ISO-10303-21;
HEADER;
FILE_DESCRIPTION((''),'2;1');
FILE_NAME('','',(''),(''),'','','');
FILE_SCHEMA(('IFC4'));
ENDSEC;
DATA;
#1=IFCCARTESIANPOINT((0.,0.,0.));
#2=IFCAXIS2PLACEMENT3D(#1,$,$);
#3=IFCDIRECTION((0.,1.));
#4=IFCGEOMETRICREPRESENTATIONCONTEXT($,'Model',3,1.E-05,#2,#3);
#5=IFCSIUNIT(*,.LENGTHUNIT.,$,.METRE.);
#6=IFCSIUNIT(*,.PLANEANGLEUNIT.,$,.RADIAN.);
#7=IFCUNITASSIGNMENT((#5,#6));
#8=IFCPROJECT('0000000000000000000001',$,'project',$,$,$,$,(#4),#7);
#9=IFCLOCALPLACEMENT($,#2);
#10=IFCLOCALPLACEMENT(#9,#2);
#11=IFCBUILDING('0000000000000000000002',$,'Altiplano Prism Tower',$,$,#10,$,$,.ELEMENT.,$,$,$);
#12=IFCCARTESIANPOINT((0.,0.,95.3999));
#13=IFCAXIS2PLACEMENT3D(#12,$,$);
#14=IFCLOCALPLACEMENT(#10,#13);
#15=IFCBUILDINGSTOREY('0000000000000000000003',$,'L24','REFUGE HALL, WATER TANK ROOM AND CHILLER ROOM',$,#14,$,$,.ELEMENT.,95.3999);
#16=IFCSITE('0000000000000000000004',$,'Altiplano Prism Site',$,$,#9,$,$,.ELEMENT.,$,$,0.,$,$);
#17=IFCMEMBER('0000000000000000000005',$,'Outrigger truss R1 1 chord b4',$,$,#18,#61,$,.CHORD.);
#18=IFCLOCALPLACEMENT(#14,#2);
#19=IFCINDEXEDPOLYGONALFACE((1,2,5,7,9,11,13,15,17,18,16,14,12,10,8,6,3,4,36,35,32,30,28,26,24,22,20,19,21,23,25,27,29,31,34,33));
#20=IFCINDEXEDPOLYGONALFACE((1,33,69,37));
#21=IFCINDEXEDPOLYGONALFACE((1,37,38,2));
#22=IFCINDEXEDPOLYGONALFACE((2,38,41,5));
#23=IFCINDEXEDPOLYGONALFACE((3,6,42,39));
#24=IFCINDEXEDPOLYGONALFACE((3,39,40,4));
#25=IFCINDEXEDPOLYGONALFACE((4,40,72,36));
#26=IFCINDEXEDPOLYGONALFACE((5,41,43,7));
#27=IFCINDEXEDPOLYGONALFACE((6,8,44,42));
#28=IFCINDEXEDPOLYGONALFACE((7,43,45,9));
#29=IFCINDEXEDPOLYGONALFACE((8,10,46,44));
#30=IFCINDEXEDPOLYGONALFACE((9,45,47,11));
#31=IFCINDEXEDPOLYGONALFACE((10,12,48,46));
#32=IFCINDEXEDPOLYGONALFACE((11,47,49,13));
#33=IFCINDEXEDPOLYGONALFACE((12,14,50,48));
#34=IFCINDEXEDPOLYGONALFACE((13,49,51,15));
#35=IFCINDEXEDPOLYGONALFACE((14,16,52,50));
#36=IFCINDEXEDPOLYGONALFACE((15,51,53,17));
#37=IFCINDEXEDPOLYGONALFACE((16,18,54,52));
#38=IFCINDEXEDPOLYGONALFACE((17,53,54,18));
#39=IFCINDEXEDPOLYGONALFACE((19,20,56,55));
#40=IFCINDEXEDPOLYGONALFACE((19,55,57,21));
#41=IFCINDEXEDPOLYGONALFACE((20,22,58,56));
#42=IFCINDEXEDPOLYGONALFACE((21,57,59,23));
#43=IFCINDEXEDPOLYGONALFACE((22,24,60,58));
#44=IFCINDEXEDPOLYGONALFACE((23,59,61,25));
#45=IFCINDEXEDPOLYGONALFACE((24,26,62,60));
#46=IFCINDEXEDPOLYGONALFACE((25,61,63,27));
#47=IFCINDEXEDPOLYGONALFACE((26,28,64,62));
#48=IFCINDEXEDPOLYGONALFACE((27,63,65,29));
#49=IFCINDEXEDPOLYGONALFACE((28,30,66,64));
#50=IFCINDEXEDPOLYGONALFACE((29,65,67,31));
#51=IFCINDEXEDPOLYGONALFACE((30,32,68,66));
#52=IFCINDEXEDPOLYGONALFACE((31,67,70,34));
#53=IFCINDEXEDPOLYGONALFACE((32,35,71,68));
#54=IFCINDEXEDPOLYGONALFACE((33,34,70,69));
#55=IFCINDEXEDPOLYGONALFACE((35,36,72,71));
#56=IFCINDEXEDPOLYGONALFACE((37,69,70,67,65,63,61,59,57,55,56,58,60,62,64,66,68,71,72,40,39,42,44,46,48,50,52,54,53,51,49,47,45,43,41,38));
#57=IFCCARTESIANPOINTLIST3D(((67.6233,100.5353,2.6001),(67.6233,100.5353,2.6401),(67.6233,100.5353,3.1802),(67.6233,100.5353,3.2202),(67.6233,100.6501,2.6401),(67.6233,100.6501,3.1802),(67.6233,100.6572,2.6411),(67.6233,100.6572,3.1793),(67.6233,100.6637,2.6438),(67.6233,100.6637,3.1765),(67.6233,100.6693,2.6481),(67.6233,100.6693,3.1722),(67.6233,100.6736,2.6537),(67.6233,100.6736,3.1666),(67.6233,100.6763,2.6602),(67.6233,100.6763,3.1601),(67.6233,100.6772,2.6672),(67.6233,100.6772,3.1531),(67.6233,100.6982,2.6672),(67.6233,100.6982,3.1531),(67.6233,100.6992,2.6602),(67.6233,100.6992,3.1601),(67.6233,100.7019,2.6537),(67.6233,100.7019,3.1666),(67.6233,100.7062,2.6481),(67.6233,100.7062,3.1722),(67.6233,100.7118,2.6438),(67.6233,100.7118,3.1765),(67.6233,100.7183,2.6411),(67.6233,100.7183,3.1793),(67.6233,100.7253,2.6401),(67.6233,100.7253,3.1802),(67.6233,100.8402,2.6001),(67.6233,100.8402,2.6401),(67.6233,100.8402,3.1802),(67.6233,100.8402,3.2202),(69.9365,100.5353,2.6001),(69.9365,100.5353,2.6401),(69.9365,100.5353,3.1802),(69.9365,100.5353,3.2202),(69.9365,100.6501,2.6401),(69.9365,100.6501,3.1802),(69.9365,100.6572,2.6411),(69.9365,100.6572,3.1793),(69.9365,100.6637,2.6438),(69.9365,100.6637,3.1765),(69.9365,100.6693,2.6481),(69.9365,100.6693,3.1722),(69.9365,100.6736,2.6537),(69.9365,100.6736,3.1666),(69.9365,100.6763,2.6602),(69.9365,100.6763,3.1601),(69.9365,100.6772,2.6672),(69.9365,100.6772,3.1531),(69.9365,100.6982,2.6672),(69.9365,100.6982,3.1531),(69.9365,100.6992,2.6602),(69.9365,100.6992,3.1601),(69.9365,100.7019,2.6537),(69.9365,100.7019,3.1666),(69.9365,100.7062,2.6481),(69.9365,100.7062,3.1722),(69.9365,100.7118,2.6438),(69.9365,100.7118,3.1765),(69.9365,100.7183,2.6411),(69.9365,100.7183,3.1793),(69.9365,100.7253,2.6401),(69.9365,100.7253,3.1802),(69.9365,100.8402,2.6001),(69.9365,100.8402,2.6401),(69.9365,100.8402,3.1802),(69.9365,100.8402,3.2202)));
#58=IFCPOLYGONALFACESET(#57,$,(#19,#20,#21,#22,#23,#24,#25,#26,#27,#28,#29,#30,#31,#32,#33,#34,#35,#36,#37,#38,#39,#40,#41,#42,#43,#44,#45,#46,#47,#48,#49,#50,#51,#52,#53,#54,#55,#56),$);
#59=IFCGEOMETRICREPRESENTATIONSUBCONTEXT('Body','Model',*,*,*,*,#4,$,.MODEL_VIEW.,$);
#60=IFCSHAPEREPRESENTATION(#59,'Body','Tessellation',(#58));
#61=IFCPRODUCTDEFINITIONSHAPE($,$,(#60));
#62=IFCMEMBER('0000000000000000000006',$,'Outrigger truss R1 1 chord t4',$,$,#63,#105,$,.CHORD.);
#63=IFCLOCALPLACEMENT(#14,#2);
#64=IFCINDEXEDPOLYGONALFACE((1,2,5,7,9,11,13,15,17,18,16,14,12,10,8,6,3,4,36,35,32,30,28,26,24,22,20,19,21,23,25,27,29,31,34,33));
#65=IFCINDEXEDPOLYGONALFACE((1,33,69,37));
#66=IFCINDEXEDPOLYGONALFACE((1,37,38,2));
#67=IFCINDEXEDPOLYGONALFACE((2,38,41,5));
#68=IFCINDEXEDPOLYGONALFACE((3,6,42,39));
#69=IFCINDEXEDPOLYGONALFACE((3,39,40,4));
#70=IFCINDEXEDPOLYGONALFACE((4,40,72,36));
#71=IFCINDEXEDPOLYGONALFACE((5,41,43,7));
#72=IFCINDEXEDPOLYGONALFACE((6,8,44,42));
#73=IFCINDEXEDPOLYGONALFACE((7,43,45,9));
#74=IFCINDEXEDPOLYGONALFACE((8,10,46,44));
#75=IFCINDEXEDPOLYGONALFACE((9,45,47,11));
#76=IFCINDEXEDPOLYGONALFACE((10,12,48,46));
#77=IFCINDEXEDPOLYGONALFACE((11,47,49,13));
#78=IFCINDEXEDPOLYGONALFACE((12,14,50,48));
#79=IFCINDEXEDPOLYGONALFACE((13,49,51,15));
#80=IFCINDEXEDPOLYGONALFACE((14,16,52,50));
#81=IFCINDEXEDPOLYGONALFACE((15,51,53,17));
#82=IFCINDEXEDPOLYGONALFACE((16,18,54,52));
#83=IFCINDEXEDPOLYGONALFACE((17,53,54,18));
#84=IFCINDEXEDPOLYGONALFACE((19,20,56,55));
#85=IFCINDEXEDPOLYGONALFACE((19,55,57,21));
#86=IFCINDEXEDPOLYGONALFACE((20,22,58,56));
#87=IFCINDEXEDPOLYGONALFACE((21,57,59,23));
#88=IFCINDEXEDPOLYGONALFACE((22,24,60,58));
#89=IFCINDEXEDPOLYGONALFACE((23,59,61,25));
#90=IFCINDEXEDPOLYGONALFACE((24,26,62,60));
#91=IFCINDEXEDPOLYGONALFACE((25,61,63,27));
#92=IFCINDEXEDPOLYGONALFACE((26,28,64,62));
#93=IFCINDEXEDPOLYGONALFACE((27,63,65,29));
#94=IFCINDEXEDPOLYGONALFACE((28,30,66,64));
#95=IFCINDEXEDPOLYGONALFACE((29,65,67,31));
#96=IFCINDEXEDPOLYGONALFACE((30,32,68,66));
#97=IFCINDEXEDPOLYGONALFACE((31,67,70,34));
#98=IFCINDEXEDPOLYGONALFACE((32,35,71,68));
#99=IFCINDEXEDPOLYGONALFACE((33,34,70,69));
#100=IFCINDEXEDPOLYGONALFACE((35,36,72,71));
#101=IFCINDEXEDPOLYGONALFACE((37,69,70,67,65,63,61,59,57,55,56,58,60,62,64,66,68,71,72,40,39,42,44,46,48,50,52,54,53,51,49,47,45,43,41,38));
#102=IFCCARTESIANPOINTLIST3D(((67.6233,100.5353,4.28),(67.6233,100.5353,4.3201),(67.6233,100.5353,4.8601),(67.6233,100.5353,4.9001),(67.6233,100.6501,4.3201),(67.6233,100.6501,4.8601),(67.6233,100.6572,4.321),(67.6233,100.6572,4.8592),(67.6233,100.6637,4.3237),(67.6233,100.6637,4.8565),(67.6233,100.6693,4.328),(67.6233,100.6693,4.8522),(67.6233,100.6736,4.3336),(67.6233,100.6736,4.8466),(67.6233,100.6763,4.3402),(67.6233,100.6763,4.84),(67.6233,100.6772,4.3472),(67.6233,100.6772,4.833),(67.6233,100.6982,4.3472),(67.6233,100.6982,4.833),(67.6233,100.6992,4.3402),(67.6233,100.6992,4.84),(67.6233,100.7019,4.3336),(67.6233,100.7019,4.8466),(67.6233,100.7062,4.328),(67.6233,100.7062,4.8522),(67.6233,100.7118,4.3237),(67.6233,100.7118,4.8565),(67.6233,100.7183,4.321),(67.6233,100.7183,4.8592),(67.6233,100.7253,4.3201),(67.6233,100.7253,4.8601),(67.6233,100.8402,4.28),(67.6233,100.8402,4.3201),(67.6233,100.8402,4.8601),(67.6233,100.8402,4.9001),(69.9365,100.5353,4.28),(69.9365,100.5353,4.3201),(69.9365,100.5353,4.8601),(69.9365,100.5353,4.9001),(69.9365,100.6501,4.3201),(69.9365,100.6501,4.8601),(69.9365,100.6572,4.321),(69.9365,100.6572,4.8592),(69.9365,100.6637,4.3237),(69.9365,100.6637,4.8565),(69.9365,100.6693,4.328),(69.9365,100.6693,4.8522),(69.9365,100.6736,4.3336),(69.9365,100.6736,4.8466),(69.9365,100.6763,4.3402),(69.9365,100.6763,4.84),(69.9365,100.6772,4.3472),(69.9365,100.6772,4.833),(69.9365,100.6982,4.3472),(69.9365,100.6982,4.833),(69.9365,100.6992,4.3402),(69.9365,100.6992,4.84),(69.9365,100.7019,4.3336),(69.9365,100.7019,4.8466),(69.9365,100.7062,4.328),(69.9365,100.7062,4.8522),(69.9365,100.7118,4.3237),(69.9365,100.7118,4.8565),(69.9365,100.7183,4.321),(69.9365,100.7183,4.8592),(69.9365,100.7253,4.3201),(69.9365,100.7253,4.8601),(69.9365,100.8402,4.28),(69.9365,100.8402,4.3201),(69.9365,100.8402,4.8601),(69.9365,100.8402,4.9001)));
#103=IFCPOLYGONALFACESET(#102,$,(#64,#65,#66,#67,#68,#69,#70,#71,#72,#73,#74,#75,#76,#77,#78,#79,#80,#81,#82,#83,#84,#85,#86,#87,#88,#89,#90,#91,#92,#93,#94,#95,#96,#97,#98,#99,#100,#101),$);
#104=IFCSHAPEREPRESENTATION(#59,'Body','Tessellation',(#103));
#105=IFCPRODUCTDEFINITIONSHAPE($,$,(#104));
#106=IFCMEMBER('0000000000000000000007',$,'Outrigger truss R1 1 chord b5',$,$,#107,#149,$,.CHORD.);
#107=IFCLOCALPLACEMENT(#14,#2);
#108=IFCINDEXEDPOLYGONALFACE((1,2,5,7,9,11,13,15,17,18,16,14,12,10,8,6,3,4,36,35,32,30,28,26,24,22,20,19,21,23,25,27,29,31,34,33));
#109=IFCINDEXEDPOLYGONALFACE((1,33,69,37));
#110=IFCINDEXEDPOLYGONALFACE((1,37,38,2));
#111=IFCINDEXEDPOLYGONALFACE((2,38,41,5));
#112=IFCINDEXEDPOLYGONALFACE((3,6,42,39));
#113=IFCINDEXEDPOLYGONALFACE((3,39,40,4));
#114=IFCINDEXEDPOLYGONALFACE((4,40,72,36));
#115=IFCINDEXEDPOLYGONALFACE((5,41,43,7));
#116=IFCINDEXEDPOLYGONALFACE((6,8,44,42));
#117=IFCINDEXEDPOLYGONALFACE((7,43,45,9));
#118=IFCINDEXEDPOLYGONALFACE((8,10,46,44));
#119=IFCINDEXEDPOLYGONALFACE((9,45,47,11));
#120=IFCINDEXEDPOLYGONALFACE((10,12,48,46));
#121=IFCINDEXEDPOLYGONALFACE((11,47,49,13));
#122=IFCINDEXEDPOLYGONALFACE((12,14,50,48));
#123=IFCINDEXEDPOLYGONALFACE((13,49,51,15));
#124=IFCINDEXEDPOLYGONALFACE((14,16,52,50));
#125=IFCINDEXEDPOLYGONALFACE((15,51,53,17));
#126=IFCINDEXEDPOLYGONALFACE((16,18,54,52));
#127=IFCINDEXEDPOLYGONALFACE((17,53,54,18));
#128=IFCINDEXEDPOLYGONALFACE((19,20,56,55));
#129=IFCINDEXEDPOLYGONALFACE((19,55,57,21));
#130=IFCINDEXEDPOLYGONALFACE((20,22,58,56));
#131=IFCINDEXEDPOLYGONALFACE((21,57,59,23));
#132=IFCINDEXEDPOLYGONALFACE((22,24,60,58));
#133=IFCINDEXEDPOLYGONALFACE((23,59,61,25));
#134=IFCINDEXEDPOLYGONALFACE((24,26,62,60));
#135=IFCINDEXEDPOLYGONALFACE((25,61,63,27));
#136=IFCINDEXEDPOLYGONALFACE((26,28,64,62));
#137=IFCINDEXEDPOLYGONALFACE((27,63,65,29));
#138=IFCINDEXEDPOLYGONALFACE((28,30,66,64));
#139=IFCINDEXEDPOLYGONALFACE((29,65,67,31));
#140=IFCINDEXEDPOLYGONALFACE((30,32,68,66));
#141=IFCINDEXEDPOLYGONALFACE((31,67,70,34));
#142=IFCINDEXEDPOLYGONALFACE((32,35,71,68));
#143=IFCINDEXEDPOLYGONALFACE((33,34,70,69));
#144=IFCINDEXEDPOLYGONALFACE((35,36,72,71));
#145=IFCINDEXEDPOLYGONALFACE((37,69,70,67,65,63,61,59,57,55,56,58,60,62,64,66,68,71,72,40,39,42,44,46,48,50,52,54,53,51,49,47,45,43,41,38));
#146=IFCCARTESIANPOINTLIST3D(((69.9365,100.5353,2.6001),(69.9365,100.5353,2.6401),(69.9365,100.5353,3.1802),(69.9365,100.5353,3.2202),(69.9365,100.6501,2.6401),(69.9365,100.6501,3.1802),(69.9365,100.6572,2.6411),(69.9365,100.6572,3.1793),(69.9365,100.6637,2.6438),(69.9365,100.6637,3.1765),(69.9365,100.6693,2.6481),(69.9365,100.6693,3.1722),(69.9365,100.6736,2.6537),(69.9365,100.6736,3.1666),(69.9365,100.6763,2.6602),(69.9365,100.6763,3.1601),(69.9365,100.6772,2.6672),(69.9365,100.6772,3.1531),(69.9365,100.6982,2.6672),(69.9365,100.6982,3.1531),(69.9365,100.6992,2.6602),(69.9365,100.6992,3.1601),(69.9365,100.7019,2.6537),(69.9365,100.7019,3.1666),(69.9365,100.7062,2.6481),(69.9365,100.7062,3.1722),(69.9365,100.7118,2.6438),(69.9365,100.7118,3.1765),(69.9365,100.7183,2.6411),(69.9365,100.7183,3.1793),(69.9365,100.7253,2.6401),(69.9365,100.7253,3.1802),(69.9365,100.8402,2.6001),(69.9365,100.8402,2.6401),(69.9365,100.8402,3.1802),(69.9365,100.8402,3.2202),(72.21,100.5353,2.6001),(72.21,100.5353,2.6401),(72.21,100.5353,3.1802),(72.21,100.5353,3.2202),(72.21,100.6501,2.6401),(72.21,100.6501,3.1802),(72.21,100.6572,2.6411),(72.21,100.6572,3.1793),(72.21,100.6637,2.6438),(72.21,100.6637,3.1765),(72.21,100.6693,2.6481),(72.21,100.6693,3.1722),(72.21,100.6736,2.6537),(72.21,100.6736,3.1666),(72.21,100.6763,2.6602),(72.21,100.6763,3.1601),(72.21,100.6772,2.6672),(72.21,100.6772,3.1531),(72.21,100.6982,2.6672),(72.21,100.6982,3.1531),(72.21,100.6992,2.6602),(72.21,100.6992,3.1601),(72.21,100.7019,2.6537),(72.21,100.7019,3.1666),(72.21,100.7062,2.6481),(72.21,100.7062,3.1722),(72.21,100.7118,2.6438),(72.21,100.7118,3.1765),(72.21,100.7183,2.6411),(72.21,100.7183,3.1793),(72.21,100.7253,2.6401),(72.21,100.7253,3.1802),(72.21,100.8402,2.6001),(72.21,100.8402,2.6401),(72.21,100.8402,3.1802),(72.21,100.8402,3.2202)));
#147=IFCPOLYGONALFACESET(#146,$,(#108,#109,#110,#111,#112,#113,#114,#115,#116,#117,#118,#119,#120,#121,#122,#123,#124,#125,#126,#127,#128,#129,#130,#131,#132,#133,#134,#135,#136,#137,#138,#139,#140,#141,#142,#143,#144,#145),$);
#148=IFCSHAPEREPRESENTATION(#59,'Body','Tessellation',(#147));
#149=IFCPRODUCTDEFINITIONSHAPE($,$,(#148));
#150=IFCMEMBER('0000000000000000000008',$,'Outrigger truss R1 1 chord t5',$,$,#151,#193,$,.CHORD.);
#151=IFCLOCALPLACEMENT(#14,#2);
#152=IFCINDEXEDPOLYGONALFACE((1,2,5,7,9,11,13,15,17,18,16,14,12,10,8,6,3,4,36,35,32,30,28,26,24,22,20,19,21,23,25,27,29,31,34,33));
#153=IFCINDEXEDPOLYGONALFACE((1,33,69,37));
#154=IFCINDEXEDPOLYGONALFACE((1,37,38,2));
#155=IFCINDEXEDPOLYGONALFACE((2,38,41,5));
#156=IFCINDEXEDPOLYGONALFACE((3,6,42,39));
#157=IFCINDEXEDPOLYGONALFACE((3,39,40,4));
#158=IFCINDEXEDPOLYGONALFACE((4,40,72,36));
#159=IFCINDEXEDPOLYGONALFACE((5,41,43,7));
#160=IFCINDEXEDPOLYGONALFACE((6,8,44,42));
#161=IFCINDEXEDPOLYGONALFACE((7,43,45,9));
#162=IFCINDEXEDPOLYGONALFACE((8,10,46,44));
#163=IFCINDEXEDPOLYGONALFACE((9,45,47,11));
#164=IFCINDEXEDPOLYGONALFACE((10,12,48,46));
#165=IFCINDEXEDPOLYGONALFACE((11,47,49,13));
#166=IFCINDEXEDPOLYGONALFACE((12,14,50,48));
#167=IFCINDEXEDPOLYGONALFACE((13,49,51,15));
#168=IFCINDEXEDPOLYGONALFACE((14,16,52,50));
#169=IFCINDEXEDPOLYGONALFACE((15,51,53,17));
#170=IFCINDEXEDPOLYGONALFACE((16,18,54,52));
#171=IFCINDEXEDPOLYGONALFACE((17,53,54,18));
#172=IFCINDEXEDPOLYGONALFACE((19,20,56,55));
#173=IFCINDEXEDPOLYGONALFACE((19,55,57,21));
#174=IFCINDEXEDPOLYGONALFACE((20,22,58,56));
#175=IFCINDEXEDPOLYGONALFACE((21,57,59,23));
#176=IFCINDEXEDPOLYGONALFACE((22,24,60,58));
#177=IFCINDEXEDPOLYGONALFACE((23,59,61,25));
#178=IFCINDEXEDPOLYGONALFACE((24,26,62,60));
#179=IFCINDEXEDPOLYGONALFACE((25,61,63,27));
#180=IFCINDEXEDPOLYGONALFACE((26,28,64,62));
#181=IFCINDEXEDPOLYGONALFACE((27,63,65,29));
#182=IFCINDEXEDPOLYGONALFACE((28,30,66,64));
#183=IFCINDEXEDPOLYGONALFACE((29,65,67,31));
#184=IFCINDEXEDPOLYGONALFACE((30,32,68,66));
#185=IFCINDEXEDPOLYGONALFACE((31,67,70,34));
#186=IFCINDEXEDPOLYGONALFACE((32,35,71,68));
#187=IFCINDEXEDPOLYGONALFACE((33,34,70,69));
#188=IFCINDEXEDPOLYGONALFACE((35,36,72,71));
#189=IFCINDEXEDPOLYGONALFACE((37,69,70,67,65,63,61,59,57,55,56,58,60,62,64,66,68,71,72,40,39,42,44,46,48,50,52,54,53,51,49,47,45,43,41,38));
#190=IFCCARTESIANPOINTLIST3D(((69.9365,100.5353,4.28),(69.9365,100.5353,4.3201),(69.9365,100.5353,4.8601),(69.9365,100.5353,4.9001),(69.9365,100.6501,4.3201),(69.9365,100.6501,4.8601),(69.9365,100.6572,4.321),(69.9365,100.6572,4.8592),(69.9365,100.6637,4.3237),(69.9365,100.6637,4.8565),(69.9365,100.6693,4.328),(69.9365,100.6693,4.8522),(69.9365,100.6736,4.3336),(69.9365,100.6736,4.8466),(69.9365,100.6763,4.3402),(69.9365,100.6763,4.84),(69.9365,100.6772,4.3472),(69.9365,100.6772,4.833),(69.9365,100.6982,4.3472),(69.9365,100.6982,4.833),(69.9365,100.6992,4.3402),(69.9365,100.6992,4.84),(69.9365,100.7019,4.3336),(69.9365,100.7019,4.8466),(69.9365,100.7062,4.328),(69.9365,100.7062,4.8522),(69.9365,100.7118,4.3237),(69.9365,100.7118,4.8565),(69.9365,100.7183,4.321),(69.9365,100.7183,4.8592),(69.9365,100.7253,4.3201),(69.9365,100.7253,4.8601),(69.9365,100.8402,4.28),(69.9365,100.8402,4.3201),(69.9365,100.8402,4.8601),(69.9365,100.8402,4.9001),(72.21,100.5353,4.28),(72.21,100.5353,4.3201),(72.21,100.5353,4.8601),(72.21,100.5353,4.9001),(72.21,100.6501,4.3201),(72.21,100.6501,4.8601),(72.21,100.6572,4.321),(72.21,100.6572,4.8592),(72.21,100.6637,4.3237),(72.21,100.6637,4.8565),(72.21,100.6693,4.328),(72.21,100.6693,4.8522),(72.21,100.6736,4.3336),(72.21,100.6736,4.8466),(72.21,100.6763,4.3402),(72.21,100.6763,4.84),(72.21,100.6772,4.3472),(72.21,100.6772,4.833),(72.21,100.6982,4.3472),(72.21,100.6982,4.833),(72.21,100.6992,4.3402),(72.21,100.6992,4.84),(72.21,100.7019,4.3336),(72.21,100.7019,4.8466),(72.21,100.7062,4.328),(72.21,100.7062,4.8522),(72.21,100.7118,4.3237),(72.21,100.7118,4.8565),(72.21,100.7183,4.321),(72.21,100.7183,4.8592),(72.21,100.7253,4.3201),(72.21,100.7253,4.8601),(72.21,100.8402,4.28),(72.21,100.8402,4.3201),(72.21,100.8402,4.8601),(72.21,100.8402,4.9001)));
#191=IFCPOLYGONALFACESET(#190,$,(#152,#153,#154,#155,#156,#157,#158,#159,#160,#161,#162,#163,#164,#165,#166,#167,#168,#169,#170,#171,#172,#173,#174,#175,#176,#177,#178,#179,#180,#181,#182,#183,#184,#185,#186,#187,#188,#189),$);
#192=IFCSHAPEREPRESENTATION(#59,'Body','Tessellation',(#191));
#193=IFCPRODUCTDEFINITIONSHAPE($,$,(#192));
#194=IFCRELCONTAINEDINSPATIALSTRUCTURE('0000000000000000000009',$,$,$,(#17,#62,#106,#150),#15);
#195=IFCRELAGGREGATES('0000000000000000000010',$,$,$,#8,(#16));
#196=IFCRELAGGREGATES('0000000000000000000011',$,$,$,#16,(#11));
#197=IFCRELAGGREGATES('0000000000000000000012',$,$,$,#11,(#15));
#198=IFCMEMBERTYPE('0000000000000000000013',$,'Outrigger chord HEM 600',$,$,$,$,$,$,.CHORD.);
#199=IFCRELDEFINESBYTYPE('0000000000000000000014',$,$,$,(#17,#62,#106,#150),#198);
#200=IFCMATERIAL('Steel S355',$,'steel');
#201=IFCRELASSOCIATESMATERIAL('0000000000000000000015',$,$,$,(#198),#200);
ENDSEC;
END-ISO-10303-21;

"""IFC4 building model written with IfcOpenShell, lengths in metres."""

from ifc_helpers import new_model, si_unit, direction, frame, origin, origin_2d, place, context, subcontext, project, spatial, i_section, extrude, material, material_profile, profile_set, type_object, element, save


model = new_model("IFC4")

# Units and contexts
model_context = context("Model", 3, precision=1e-05, world=origin(), true_north=direction((0.0, 1.0)))
body_context = subcontext(model_context, "Body", "Model", "MODEL_VIEW")
ifc_project = project(units=[si_unit("LENGTHUNIT", "METRE"), si_unit("PLANEANGLEUNIT", "RADIAN")], contexts=[model_context])

# Site, building, storey
site_placement = place(None, origin())
site = spatial("IfcSite", under=ifc_project, at=site_placement, Name="Altiplano Prism Site", CompositionType="ELEMENT", RefElevation=0.0)
building_placement = place(site_placement, origin())
building = spatial("IfcBuilding", under=site, at=building_placement, Name="Altiplano Prism Tower", CompositionType="ELEMENT")
storey_placement = place(building_placement, frame((0.0, 0.0, 95.3999)))
storey = spatial("IfcBuildingStorey", under=building, at=storey_placement, Name="L24", Description="REFUGE HALL, WATER TANK ROOM AND CHILLER ROOM", CompositionType="ELEMENT", Elevation=95.3999)

# Members
ifc_material_1 = material(Name="Steel S355", Category="steel")
ifc_material_profile_1 = material_profile(ifc_material_1, i_section(OverallWidth=0.3049, OverallDepth=0.6201, WebThickness=0.021, FlangeThickness=0.04, FilletRadius=0.0271, at=origin_2d()), Name="Outrigger chord HEM 600")
ifc_profile_set_1 = profile_set([ifc_material_profile_1], Name="Steel S355")
member_type_1 = type_object("IfcMemberType", Name="Outrigger chord HEM 600", PredefinedType="CHORD", material=ifc_profile_set_1)
for number, where, z_axis, x_axis, name in (
    (1, (67.6233, 100.6877, 2.9102), (1.0, 0.0, 0.0), (0.0, 1.0, 0.0), "Outrigger truss R1 1 chord b4"),
    (2, (67.6233, 100.6877, 4.5901), (1.0, 0.0, 0.0), (0.0, 1.0, 0.0), "Outrigger truss R1 1 chord t4"),
):
    element("IfcMember", number, at=place(storey_placement, frame(where, z_axis=z_axis, x_axis=x_axis)), inside=storey, type_object=member_type_1, Name=name, PredefinedType="CHORD", context=body_context, shape_type="SweptSolid", body=[
        extrude(i_section(OverallWidth=0.3049, OverallDepth=0.6201, WebThickness=0.021, FlangeThickness=0.04, FilletRadius=0.0271, at=origin_2d()), origin(), (0.0, 0.0, 1.0), 2.3132),
    ])
for number, where, z_axis, x_axis, name in (
    (3, (69.9365, 100.6877, 2.9102), (1.0, 0.0, 0.0), (0.0, 1.0, 0.0), "Outrigger truss R1 1 chord b5"),
    (4, (69.9365, 100.6877, 4.5901), (1.0, 0.0, 0.0), (0.0, 1.0, 0.0), "Outrigger truss R1 1 chord t5"),
):
    element("IfcMember", number, at=place(storey_placement, frame(where, z_axis=z_axis, x_axis=x_axis)), inside=storey, type_object=member_type_1, Name=name, PredefinedType="CHORD", context=body_context, shape_type="SweptSolid", body=[
        extrude(i_section(OverallWidth=0.3049, OverallDepth=0.6201, WebThickness=0.021, FlangeThickness=0.04, FilletRadius=0.0271, at=origin_2d()), origin(), (0.0, 0.0, 1.0), 2.2734),
    ])

save(model, "model.ifc")
